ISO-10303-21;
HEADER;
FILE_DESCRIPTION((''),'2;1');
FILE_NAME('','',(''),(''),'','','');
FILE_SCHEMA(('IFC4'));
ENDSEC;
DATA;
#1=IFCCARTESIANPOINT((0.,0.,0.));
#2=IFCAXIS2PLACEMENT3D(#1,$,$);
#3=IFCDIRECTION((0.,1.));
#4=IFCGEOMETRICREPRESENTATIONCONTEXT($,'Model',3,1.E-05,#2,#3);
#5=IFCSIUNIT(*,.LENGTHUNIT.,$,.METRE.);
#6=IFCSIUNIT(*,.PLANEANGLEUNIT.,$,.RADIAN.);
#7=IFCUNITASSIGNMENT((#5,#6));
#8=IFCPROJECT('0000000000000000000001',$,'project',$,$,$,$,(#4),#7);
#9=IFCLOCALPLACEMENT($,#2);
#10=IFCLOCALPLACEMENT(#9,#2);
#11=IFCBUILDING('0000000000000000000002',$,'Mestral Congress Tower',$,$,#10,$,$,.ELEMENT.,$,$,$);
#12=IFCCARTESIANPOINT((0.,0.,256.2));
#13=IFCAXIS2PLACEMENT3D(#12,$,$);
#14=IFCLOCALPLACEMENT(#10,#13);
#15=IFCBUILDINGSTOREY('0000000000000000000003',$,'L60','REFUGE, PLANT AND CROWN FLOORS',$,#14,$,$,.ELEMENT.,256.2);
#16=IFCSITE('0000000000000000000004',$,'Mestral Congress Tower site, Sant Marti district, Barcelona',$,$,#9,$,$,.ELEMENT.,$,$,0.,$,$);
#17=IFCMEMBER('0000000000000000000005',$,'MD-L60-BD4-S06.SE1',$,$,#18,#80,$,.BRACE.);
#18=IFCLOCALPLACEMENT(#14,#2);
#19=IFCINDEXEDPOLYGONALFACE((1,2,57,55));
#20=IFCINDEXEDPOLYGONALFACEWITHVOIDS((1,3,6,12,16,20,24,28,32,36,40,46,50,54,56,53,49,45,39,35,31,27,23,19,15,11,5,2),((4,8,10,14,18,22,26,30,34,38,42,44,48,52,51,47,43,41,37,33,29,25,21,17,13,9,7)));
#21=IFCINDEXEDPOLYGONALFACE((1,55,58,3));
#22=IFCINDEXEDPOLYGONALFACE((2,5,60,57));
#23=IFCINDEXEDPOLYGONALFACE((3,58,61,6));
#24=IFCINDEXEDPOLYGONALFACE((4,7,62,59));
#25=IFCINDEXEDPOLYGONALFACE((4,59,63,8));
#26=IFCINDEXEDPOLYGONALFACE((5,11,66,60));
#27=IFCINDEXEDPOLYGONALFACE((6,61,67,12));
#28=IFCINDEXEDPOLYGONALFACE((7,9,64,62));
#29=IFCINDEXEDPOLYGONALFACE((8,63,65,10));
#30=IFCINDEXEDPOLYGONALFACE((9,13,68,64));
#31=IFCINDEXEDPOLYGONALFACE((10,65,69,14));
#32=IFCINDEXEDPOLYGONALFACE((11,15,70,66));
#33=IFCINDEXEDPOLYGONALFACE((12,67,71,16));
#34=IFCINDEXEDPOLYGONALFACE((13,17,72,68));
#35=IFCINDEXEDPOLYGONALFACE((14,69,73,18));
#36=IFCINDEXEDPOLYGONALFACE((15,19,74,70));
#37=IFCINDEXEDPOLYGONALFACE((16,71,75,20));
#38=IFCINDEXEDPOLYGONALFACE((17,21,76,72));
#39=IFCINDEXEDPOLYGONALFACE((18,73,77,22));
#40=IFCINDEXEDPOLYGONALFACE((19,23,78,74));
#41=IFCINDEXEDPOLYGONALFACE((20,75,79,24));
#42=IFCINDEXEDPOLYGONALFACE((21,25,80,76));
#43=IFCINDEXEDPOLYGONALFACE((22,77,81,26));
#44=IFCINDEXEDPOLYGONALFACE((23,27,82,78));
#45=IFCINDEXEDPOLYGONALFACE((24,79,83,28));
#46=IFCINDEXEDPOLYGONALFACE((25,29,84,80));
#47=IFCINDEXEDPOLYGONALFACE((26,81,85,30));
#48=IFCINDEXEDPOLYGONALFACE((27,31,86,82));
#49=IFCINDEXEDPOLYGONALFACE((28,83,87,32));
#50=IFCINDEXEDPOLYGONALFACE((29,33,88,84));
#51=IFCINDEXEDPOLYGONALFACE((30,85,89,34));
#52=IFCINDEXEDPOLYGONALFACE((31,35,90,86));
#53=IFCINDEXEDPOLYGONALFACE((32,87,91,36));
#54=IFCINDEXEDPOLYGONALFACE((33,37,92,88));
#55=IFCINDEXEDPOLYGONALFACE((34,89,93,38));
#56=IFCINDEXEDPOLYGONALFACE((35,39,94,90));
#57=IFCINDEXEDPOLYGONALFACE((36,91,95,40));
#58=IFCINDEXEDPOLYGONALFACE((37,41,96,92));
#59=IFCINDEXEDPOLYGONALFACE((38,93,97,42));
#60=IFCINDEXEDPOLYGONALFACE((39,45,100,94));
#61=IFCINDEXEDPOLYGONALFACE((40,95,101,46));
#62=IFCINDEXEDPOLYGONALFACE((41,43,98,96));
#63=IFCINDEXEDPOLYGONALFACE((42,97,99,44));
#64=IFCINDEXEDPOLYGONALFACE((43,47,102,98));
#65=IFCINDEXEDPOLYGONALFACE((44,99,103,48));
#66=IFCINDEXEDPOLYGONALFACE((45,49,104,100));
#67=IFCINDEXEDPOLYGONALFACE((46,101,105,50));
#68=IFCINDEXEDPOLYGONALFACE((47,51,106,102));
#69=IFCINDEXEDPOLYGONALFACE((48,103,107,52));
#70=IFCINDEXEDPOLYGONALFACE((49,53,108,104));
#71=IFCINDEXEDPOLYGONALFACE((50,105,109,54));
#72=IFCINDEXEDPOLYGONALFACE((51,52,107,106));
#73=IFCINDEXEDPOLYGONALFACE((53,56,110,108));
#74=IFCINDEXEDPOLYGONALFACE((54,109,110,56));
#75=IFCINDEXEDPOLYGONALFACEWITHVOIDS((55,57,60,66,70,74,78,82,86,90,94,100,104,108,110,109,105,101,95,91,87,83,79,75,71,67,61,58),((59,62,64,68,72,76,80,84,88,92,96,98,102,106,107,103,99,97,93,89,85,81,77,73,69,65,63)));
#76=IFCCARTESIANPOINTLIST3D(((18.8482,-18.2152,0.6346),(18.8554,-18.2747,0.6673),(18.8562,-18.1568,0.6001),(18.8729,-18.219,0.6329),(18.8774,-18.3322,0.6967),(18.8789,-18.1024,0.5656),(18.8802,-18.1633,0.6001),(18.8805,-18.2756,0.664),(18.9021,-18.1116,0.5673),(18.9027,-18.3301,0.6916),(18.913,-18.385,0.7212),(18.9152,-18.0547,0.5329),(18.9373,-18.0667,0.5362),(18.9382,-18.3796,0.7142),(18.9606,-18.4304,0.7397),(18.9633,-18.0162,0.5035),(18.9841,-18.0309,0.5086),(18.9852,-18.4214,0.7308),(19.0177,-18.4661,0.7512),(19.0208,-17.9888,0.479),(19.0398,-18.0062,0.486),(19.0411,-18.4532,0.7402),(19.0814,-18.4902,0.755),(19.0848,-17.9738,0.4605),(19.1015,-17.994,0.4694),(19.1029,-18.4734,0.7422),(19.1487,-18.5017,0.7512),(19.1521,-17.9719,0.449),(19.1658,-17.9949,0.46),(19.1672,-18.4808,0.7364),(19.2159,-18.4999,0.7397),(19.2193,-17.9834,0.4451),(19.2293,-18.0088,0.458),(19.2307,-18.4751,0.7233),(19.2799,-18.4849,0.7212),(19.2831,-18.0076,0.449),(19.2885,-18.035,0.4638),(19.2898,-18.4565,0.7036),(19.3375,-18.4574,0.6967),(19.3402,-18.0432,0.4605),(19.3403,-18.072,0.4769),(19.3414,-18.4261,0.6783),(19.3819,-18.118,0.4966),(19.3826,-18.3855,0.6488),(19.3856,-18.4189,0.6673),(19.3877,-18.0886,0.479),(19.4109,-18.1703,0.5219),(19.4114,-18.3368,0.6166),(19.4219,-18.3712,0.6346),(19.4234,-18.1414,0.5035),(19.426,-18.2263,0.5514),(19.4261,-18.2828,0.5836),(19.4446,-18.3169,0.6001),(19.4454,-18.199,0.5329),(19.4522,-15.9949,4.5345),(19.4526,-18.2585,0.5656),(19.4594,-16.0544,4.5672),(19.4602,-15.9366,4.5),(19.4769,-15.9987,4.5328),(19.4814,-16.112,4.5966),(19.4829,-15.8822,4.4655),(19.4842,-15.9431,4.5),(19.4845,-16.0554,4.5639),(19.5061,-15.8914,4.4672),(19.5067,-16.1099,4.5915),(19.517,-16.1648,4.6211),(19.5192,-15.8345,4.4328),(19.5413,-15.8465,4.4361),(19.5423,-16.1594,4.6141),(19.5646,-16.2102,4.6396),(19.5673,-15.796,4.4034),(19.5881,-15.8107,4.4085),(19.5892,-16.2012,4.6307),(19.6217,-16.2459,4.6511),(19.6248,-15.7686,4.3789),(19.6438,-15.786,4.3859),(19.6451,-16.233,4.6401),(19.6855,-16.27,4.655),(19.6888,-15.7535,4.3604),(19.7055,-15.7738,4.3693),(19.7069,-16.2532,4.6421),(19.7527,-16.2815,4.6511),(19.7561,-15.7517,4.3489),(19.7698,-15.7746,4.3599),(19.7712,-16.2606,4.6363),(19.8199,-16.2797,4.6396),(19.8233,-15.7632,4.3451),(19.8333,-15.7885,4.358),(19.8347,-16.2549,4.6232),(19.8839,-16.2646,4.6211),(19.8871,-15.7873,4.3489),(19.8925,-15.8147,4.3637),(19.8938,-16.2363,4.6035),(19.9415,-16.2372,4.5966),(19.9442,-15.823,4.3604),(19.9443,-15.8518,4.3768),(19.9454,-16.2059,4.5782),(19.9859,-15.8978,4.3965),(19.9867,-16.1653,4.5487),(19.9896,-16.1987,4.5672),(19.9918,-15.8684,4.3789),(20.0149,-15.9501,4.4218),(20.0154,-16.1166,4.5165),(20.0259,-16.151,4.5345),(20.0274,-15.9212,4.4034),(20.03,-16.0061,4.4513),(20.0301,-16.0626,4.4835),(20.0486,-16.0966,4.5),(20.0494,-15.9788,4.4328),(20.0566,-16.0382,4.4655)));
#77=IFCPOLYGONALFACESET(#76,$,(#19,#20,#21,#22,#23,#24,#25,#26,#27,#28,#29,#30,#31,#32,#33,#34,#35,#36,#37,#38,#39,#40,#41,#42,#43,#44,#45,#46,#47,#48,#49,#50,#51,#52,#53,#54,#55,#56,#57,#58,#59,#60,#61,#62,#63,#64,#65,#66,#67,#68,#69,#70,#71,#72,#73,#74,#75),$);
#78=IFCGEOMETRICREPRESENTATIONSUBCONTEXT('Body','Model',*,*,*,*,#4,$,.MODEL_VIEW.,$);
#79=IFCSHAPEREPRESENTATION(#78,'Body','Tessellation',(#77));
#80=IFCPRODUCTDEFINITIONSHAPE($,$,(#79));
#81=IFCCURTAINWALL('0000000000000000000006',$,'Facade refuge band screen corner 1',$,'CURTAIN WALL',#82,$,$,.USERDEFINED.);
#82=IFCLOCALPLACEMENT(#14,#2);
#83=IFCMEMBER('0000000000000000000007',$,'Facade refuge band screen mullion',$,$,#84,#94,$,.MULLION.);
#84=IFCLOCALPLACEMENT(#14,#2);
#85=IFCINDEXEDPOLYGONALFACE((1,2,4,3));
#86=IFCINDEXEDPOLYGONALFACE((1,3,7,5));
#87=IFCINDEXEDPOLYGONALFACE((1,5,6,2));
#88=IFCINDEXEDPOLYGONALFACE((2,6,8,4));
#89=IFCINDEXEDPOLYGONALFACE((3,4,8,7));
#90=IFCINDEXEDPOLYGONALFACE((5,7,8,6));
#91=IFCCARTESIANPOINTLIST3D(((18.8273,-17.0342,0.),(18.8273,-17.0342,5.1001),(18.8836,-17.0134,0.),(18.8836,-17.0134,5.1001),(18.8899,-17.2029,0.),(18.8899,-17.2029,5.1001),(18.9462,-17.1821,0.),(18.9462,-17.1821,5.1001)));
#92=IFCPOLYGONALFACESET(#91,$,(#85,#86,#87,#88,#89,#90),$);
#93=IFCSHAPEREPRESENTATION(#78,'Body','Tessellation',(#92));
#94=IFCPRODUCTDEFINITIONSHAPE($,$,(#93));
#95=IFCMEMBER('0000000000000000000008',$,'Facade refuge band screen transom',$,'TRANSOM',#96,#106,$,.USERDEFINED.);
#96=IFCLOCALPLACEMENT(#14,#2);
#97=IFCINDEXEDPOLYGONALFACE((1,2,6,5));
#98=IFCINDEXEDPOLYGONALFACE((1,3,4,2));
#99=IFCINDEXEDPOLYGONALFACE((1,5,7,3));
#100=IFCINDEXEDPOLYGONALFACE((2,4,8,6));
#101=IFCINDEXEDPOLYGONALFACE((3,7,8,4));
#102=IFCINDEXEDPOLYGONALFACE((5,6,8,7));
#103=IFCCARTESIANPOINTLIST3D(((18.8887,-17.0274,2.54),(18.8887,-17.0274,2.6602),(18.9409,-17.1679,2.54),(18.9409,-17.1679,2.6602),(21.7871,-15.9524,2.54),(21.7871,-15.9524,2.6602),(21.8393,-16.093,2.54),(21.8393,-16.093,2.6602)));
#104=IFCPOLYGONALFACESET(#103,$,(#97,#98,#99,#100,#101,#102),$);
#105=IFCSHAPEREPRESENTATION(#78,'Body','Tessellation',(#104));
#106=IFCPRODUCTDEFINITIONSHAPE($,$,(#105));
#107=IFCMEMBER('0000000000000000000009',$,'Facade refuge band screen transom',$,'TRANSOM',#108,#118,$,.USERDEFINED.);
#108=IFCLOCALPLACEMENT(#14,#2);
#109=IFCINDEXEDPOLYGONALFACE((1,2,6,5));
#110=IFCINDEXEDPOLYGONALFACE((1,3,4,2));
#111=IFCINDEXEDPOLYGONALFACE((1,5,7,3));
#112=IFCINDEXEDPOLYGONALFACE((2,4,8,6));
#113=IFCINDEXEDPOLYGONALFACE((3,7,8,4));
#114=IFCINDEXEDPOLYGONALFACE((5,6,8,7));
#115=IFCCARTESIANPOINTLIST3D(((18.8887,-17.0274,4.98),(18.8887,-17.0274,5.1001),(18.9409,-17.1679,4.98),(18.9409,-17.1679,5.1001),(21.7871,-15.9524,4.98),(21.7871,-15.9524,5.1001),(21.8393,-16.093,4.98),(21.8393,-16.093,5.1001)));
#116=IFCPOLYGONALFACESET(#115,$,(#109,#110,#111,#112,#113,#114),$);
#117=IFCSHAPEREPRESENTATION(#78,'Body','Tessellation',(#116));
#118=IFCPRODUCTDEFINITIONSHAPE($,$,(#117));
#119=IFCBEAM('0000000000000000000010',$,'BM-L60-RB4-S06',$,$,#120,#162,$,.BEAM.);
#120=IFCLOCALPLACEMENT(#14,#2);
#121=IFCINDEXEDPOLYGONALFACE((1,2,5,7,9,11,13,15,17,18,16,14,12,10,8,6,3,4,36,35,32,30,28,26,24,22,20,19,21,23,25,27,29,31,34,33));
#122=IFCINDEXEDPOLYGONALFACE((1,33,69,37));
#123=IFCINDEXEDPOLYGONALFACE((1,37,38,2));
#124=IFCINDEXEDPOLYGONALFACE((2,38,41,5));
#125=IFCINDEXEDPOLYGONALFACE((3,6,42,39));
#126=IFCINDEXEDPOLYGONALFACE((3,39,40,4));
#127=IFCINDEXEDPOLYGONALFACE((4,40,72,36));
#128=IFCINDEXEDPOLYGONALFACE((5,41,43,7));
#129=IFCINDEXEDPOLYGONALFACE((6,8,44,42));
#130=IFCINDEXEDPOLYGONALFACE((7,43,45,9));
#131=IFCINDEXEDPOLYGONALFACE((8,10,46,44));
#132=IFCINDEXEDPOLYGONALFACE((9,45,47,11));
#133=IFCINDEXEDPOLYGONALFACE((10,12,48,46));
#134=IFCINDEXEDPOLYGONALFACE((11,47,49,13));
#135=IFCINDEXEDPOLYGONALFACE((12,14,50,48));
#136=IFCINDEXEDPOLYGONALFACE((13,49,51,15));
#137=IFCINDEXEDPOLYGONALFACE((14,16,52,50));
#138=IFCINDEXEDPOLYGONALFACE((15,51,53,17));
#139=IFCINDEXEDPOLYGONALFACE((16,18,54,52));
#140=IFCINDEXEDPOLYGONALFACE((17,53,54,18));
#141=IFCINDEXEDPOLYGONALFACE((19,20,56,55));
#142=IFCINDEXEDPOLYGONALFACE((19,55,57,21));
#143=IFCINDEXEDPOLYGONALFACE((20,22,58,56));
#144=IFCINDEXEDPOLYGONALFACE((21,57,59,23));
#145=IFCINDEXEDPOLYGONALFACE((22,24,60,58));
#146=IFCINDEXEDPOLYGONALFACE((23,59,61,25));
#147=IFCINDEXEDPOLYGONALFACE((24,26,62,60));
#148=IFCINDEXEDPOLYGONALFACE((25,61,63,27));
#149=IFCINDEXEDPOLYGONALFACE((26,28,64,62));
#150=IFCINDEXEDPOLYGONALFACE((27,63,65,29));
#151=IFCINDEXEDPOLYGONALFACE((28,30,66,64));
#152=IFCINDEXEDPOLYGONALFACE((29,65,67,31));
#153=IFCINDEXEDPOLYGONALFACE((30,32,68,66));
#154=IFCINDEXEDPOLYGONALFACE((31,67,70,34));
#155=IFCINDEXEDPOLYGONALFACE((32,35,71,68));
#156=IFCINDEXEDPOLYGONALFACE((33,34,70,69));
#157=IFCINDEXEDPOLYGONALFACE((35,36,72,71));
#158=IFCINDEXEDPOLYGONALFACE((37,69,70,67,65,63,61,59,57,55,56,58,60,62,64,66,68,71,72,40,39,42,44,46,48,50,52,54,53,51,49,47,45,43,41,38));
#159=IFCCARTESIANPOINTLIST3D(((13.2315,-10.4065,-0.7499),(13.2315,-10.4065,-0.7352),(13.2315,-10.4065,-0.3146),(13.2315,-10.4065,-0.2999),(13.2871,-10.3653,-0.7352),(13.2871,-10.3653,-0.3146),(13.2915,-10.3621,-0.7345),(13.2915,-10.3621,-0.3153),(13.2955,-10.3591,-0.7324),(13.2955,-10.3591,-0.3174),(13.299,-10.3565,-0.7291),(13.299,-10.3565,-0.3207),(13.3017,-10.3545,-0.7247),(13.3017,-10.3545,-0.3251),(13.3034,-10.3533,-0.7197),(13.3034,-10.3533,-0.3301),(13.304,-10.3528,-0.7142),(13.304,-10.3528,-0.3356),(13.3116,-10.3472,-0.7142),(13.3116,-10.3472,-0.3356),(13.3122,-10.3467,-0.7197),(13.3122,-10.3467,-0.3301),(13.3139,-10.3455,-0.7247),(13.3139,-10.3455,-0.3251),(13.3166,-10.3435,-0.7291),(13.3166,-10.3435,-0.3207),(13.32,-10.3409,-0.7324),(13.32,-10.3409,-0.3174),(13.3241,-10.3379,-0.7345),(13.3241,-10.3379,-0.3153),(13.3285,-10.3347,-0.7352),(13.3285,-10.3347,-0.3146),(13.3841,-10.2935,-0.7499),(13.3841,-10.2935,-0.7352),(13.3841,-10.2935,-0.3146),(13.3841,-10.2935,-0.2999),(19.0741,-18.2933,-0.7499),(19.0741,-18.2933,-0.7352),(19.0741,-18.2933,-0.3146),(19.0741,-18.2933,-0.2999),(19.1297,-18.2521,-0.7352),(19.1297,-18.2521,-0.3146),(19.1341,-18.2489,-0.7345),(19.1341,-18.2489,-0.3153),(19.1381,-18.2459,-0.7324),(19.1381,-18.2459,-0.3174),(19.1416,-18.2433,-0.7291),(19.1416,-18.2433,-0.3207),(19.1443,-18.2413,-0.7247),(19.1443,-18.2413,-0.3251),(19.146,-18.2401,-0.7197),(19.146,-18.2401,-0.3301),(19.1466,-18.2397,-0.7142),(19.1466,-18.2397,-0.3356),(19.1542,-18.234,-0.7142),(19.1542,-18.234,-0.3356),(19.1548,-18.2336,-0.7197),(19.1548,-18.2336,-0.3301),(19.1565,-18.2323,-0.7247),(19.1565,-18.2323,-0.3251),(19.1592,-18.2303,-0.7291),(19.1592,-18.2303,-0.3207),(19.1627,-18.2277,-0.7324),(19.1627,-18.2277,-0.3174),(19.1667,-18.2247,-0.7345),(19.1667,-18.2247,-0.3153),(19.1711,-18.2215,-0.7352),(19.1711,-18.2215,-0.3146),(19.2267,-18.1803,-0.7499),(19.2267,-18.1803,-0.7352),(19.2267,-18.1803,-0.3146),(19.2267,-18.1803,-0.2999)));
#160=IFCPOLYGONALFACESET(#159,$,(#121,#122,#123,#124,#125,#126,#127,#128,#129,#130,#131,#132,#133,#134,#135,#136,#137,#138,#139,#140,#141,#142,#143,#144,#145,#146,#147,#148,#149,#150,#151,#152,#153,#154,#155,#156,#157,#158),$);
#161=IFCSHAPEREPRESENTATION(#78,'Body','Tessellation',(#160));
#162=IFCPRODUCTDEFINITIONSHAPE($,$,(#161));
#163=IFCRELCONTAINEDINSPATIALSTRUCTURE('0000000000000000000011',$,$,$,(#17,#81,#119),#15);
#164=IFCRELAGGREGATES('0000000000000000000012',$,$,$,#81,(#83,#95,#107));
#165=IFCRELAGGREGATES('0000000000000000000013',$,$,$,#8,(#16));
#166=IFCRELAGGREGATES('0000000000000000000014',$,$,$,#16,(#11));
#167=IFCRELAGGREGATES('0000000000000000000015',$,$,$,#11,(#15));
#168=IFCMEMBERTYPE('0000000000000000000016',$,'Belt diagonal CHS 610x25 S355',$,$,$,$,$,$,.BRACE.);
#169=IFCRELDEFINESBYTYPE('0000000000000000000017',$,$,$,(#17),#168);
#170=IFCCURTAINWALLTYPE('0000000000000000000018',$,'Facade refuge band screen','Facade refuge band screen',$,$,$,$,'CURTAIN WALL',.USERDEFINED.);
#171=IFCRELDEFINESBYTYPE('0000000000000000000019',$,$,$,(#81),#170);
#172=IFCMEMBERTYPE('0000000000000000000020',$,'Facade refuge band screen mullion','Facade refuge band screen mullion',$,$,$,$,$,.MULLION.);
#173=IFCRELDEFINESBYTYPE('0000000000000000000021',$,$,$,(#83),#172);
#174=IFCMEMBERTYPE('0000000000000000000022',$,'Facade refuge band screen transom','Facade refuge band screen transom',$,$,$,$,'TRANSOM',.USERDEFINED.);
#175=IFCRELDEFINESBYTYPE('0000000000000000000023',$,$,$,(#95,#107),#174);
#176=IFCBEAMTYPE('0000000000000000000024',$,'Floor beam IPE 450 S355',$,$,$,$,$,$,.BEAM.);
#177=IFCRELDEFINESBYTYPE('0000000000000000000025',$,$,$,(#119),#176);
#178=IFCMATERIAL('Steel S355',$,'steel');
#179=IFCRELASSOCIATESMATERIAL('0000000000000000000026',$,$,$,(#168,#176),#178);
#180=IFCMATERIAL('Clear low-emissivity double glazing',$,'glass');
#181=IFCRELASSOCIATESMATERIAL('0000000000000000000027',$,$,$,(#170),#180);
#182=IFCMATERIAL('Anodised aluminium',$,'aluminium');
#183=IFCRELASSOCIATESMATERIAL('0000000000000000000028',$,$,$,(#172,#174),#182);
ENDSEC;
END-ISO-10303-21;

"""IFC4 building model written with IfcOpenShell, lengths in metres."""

from ifc_helpers import new_model, si_unit, direction, frame, origin, origin_2d, place, context, subcontext, project, spatial, rectangle, hollow_circle, i_section, extrude, material, material_profile, profile_set, type_object, element, aggregate, save


model = new_model("IFC4")

# Units and contexts
model_context = context("Model", 3, precision=1e-05, world=origin(), true_north=direction((0.0, 1.0)))
body_context = subcontext(model_context, "Body", "Model", "MODEL_VIEW")
ifc_project = project(units=[si_unit("LENGTHUNIT", "METRE"), si_unit("PLANEANGLEUNIT", "RADIAN")], contexts=[model_context])

# Site, building, storey
site_placement = place(None, origin())
site = spatial("IfcSite", under=ifc_project, at=site_placement, Name="Mestral Congress Tower site, Sant Marti district, Barcelona", CompositionType="ELEMENT", RefElevation=0.0)
building_placement = place(site_placement, origin())
building = spatial("IfcBuilding", under=site, at=building_placement, Name="Mestral Congress Tower", CompositionType="ELEMENT")
storey_placement = place(building_placement, frame((0.0, 0.0, 256.2)))
storey = spatial("IfcBuildingStorey", under=building, at=storey_placement, Name="L60", Description="REFUGE, PLANT AND CROWN FLOORS", CompositionType="ELEMENT", Elevation=256.2)

# Member
ifc_material_1 = material(Name="Steel S355", Category="steel")
ifc_material_profile_1 = material_profile(ifc_material_1, hollow_circle(Radius=0.3049, WallThickness=0.0249, at=origin_2d()), Name="CHS 610x25")
ifc_profile_set_1 = profile_set([ifc_material_profile_1], Name="Steel S355")
member_type_1 = type_object("IfcMemberType", Name="Belt diagonal CHS 610x25 S355", PredefinedType="BRACE", material=ifc_profile_set_1)
member_1_placement = place(storey_placement, frame((19.1504, -18.2368, 0.6001), z_axis=(0.133391, 0.490323, 0.861273), x_axis=(-0.96493, 0.262507, 0.0)))
element("IfcMember", 1, at=member_1_placement, inside=storey, type_object=member_type_1, Name="MD-L60-BD4-S06.SE1", PredefinedType="BRACE", context=body_context, shape_type="SweptSolid", body=[
    extrude(hollow_circle(Radius=0.3049, WallThickness=0.0249, at=origin_2d()), origin(), (0.0, 0.0, 1.0), 4.5281),
])

# Curtain wall, members
ifc_material_2 = material(Name="Clear low-emissivity double glazing", Category="glass")
curtain_wall_type = type_object("IfcCurtainWallType", Name="Facade refuge band screen", Description="Facade refuge band screen", ElementType="CURTAIN WALL", PredefinedType="USERDEFINED", material=ifc_material_2)
placement = place(storey_placement, origin())
curtain_wall_1 = element("IfcCurtainWall", 2, at=placement, inside=storey, type_object=curtain_wall_type, Name="Facade refuge band screen corner 1", ObjectType="CURTAIN WALL", PredefinedType="USERDEFINED")
ifc_material_3 = material(Name="Anodised aluminium", Category="aluminium")
ifc_material_profile_2 = material_profile(ifc_material_3, rectangle(XDim=0.1799, YDim=0.0601, at=origin_2d()), Name="CW3 mullion 180 x 60")
ifc_profile_set_2 = profile_set([ifc_material_profile_2], Name="Anodised aluminium")
member_type_2 = type_object("IfcMemberType", Name="Facade refuge band screen mullion", Description="Facade refuge band screen mullion", PredefinedType="MULLION", material=ifc_profile_set_2)
member_2_placement = place(storey_placement, frame((18.8867, -17.1082, 0.0), z_axis=(0.0, 0.0, 1.0), x_axis=(0.347764, -0.937582, 0.0)))
member_2 = element("IfcMember", 3, at=member_2_placement, type_object=member_type_2, Name="Facade refuge band screen mullion", PredefinedType="MULLION", context=body_context, shape_type="SweptSolid", body=[
    extrude(rectangle(XDim=0.1799, YDim=0.0601, at=origin_2d()), origin(), (0.0, 0.0, 1.0), 5.1001),
])
ifc_material_profile_3 = material_profile(ifc_material_3, rectangle(XDim=0.1499, YDim=0.1201, at=origin_2d()), Name="CW3 transom 150 x 120")
ifc_profile_set_3 = profile_set([ifc_material_profile_3], Name="Anodised aluminium")
member_type_3 = type_object("IfcMemberType", Name="Facade refuge band screen transom", Description="Facade refuge band screen transom", ElementType="TRANSOM", PredefinedType="USERDEFINED", material=ifc_profile_set_3)
member_3_placement = place(storey_placement, frame((18.9148, -17.0977, 2.6001), z_axis=(0.937595, 0.347728, 0.0), x_axis=(-0.347728, 0.937595, 0.0)))
member_3 = element("IfcMember", 4, at=member_3_placement, type_object=member_type_3, Name="Facade refuge band screen transom", ObjectType="TRANSOM", PredefinedType="USERDEFINED", context=body_context, shape_type="SweptSolid", body=[
    extrude(rectangle(XDim=0.1499, YDim=0.1201, at=origin_2d()), origin(), (0.0, 0.0, 1.0), 3.0913),
])
member_4_placement = place(storey_placement, frame((18.9148, -17.0977, 5.04), z_axis=(0.937595, 0.347728, 0.0), x_axis=(-0.347728, 0.937595, 0.0)))
member_4 = element("IfcMember", 5, at=member_4_placement, type_object=member_type_3, Name="Facade refuge band screen transom", ObjectType="TRANSOM", PredefinedType="USERDEFINED", context=body_context, shape_type="SweptSolid", body=[
    extrude(rectangle(XDim=0.1499, YDim=0.1201, at=origin_2d()), origin(), (0.0, 0.0, 1.0), 3.0913),
])

# Beam
ifc_material_profile_4 = material_profile(ifc_material_1, i_section(OverallWidth=0.1899, OverallDepth=0.45, WebThickness=0.0095, FlangeThickness=0.0146, FilletRadius=0.021, at=origin_2d()), Name="IPE 450")
ifc_profile_set_4 = profile_set([ifc_material_profile_4], Name="Steel S355")
beam_type_1 = type_object("IfcBeamType", Name="Floor beam IPE 450 S355", PredefinedType="BEAM", material=ifc_profile_set_4)
beam_1_placement = place(storey_placement, frame((19.1504, -18.2368, -0.5249), z_axis=(-0.595261, 0.803532, 0.0), x_axis=(-0.803532, -0.595261, 0.0)))
element("IfcBeam", 6, at=beam_1_placement, inside=storey, type_object=beam_type_1, Name="BM-L60-RB4-S06", PredefinedType="BEAM", context=body_context, shape_type="SweptSolid", body=[
    extrude(i_section(OverallWidth=0.1899, OverallDepth=0.45, WebThickness=0.0095, FlangeThickness=0.0146, FilletRadius=0.021, at=origin_2d()), origin(), (0.0, 0.0, 1.0), 9.8152),
])

aggregate(curtain_wall_1, [member_2, member_3, member_4])

save(model, "model.ifc")
